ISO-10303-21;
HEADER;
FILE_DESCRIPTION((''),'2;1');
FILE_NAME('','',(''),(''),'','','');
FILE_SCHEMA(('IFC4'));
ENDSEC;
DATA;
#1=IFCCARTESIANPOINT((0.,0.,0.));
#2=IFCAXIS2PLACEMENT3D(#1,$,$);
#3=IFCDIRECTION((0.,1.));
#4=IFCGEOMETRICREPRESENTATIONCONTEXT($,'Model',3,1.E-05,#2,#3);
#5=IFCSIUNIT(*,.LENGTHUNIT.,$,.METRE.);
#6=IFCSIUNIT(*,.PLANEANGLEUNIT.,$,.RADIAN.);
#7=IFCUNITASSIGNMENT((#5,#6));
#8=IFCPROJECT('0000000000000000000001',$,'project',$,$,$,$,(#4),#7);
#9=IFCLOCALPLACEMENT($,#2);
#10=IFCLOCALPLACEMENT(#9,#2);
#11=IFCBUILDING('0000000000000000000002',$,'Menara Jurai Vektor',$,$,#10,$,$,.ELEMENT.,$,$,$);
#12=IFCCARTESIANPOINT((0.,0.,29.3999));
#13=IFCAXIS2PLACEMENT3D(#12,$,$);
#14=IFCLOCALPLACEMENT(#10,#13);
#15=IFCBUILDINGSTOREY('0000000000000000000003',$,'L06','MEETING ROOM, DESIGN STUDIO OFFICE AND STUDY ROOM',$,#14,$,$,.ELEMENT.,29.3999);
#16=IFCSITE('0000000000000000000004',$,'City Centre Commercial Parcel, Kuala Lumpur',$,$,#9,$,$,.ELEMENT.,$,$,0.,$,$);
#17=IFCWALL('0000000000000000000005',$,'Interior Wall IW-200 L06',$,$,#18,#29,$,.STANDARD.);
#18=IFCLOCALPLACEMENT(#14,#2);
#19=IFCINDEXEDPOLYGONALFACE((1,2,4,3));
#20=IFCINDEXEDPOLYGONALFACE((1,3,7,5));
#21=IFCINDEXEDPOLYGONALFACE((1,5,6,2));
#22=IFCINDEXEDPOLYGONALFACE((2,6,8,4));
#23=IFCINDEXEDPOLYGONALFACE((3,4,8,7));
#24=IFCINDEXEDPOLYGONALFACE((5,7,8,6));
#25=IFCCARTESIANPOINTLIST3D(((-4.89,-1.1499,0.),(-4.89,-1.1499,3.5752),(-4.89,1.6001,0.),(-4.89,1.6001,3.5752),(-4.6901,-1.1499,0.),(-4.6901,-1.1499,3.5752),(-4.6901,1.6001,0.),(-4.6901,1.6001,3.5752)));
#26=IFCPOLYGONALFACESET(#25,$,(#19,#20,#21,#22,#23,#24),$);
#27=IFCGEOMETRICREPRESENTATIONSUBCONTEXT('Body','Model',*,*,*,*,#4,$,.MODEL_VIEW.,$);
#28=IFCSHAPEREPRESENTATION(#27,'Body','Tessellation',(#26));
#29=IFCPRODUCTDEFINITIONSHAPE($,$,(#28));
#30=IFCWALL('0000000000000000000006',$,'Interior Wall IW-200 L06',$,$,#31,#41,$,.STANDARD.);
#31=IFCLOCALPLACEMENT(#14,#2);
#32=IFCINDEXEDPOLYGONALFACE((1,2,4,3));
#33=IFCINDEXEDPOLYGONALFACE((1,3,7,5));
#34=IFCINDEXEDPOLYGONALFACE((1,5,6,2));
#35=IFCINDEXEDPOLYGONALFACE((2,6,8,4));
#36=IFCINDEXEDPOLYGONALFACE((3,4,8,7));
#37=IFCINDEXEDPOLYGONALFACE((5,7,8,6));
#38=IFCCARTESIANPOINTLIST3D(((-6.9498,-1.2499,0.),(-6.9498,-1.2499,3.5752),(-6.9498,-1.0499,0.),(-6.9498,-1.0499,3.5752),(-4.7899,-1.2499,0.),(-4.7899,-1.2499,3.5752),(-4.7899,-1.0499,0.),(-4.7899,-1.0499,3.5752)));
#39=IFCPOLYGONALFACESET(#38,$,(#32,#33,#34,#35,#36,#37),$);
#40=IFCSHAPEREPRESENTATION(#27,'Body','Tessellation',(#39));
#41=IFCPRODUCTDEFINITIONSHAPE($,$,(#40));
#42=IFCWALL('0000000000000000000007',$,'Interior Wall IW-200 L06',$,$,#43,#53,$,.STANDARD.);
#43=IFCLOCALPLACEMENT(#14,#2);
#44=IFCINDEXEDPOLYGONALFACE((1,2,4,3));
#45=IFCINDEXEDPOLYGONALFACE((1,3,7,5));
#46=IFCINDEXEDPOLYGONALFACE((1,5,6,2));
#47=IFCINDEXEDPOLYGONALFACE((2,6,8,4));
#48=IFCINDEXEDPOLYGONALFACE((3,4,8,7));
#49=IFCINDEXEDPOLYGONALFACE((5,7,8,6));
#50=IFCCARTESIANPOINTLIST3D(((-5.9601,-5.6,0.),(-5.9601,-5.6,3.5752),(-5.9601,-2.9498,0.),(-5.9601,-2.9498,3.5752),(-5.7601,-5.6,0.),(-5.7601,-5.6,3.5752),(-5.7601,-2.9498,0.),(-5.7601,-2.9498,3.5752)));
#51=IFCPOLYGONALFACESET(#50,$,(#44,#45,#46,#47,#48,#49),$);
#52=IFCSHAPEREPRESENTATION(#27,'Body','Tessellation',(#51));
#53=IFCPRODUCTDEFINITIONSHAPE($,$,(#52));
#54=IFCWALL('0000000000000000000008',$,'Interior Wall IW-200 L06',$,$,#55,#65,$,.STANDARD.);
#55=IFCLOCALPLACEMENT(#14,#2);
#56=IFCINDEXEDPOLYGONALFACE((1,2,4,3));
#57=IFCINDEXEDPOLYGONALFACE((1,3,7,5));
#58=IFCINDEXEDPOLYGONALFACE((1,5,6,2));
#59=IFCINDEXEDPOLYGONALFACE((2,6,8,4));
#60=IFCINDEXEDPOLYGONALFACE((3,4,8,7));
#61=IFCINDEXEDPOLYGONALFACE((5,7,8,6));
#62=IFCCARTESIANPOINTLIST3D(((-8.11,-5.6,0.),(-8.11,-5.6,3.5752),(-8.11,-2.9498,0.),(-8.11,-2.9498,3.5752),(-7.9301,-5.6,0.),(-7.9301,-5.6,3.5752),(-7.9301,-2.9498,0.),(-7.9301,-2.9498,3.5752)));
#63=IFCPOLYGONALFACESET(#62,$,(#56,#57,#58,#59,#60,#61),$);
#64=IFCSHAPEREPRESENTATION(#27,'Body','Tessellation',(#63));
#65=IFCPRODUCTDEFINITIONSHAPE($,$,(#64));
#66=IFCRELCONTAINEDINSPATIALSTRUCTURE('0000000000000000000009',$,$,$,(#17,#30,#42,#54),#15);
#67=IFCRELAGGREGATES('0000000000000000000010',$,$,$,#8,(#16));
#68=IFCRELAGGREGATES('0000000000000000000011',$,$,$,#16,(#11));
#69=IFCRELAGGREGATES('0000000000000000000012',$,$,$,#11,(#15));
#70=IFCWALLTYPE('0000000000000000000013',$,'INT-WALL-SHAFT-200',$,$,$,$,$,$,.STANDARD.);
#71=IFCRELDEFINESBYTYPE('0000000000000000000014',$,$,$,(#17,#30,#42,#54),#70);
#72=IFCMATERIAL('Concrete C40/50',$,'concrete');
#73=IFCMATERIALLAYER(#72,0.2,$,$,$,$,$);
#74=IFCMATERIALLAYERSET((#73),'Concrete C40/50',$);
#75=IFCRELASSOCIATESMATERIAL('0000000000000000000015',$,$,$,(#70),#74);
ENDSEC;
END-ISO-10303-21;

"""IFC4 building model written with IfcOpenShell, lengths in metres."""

from ifc_helpers import new_model, si_unit, direction, frame, frame_2d, origin, place, context, subcontext, project, spatial, rectangle, extrude, material, layer, layer_set, type_object, element, save


model = new_model("IFC4")

# Units and contexts
model_context = context("Model", 3, precision=1e-05, world=origin(), true_north=direction((0.0, 1.0)))
body_context = subcontext(model_context, "Body", "Model", "MODEL_VIEW")
ifc_project = project(units=[si_unit("LENGTHUNIT", "METRE"), si_unit("PLANEANGLEUNIT", "RADIAN")], contexts=[model_context])

# Site, building, storey
site_placement = place(None, origin())
site = spatial("IfcSite", under=ifc_project, at=site_placement, Name="City Centre Commercial Parcel, Kuala Lumpur", CompositionType="ELEMENT", RefElevation=0.0)
building_placement = place(site_placement, origin())
building = spatial("IfcBuilding", under=site, at=building_placement, Name="Menara Jurai Vektor", CompositionType="ELEMENT")
storey_placement = place(building_placement, frame((0.0, 0.0, 29.3999)))
storey = spatial("IfcBuildingStorey", under=building, at=storey_placement, Name="L06", Description="MEETING ROOM, DESIGN STUDIO OFFICE AND STUDY ROOM", CompositionType="ELEMENT", Elevation=29.3999)

# Shared definitions
ifc_material_1 = material(Name="Concrete C40/50", Category="concrete")
ifc_layer_1 = layer(ifc_material_1, 0.2)
ifc_layer_set_1 = layer_set([ifc_layer_1], Name="Concrete C40/50")
wall_type_1 = type_object("IfcWallType", Name="INT-WALL-SHAFT-200", PredefinedType="STANDARD", material=ifc_layer_set_1)

# Walls
for number, where, z_axis, x_axis, name in (
    (1, (-4.79, -1.1499, 0.0), (0.0, 0.0, 1.0), (0.0, 1.0, 0.0), "Interior Wall IW-200 L06"),
):
    element("IfcWall", number, at=place(storey_placement, frame(where, z_axis=z_axis, x_axis=x_axis)), inside=storey, type_object=wall_type_1, Name=name, PredefinedType="STANDARD", context=body_context, shape_type="SweptSolid", body=[
        extrude(rectangle(XDim=2.75, YDim=0.2, at=frame_2d((1.375, 0.0))), origin(), (0.0, 0.0, 1.0), 3.5752),
    ])
wall_1_placement = place(storey_placement, frame((-6.95, -1.1499, 0.0), z_axis=(0.0, 0.0, 1.0), x_axis=(1.0, 0.0, 0.0)))
element("IfcWall", 2, at=wall_1_placement, inside=storey, type_object=wall_type_1, Name="Interior Wall IW-200 L06", PredefinedType="STANDARD", context=body_context, shape_type="SweptSolid", body=[
    extrude(rectangle(XDim=2.1599, YDim=0.2, at=frame_2d((1.0801, 0.0))), origin(), (0.0, 0.0, 1.0), 3.5752),
])
wall_2_placement = place(storey_placement, frame((-5.8601, -5.6001, 0.0), z_axis=(0.0, 0.0, 1.0), x_axis=(0.0, 1.0, 0.0)))
element("IfcWall", 3, at=wall_2_placement, inside=storey, type_object=wall_type_1, Name="Interior Wall IW-200 L06", PredefinedType="STANDARD", context=body_context, shape_type="SweptSolid", body=[
    extrude(rectangle(XDim=2.6501, YDim=0.2, at=frame_2d((1.3252, 0.0))), origin(), (0.0, 0.0, 1.0), 3.5752),
])
wall_3_placement = place(storey_placement, frame((-8.02, -5.6001, 0.0), z_axis=(0.0, 0.0, 1.0), x_axis=(0.0, 1.0, 0.0)))
element("IfcWall", 4, at=wall_3_placement, inside=storey, type_object=wall_type_1, Name="Interior Wall IW-200 L06", PredefinedType="STANDARD", context=body_context, shape_type="SweptSolid", body=[
    extrude(rectangle(XDim=2.6501, YDim=0.1799, at=frame_2d((1.3252, 0.0))), origin(), (0.0, 0.0, 1.0), 3.5752),
])

save(model, "model.ifc")
